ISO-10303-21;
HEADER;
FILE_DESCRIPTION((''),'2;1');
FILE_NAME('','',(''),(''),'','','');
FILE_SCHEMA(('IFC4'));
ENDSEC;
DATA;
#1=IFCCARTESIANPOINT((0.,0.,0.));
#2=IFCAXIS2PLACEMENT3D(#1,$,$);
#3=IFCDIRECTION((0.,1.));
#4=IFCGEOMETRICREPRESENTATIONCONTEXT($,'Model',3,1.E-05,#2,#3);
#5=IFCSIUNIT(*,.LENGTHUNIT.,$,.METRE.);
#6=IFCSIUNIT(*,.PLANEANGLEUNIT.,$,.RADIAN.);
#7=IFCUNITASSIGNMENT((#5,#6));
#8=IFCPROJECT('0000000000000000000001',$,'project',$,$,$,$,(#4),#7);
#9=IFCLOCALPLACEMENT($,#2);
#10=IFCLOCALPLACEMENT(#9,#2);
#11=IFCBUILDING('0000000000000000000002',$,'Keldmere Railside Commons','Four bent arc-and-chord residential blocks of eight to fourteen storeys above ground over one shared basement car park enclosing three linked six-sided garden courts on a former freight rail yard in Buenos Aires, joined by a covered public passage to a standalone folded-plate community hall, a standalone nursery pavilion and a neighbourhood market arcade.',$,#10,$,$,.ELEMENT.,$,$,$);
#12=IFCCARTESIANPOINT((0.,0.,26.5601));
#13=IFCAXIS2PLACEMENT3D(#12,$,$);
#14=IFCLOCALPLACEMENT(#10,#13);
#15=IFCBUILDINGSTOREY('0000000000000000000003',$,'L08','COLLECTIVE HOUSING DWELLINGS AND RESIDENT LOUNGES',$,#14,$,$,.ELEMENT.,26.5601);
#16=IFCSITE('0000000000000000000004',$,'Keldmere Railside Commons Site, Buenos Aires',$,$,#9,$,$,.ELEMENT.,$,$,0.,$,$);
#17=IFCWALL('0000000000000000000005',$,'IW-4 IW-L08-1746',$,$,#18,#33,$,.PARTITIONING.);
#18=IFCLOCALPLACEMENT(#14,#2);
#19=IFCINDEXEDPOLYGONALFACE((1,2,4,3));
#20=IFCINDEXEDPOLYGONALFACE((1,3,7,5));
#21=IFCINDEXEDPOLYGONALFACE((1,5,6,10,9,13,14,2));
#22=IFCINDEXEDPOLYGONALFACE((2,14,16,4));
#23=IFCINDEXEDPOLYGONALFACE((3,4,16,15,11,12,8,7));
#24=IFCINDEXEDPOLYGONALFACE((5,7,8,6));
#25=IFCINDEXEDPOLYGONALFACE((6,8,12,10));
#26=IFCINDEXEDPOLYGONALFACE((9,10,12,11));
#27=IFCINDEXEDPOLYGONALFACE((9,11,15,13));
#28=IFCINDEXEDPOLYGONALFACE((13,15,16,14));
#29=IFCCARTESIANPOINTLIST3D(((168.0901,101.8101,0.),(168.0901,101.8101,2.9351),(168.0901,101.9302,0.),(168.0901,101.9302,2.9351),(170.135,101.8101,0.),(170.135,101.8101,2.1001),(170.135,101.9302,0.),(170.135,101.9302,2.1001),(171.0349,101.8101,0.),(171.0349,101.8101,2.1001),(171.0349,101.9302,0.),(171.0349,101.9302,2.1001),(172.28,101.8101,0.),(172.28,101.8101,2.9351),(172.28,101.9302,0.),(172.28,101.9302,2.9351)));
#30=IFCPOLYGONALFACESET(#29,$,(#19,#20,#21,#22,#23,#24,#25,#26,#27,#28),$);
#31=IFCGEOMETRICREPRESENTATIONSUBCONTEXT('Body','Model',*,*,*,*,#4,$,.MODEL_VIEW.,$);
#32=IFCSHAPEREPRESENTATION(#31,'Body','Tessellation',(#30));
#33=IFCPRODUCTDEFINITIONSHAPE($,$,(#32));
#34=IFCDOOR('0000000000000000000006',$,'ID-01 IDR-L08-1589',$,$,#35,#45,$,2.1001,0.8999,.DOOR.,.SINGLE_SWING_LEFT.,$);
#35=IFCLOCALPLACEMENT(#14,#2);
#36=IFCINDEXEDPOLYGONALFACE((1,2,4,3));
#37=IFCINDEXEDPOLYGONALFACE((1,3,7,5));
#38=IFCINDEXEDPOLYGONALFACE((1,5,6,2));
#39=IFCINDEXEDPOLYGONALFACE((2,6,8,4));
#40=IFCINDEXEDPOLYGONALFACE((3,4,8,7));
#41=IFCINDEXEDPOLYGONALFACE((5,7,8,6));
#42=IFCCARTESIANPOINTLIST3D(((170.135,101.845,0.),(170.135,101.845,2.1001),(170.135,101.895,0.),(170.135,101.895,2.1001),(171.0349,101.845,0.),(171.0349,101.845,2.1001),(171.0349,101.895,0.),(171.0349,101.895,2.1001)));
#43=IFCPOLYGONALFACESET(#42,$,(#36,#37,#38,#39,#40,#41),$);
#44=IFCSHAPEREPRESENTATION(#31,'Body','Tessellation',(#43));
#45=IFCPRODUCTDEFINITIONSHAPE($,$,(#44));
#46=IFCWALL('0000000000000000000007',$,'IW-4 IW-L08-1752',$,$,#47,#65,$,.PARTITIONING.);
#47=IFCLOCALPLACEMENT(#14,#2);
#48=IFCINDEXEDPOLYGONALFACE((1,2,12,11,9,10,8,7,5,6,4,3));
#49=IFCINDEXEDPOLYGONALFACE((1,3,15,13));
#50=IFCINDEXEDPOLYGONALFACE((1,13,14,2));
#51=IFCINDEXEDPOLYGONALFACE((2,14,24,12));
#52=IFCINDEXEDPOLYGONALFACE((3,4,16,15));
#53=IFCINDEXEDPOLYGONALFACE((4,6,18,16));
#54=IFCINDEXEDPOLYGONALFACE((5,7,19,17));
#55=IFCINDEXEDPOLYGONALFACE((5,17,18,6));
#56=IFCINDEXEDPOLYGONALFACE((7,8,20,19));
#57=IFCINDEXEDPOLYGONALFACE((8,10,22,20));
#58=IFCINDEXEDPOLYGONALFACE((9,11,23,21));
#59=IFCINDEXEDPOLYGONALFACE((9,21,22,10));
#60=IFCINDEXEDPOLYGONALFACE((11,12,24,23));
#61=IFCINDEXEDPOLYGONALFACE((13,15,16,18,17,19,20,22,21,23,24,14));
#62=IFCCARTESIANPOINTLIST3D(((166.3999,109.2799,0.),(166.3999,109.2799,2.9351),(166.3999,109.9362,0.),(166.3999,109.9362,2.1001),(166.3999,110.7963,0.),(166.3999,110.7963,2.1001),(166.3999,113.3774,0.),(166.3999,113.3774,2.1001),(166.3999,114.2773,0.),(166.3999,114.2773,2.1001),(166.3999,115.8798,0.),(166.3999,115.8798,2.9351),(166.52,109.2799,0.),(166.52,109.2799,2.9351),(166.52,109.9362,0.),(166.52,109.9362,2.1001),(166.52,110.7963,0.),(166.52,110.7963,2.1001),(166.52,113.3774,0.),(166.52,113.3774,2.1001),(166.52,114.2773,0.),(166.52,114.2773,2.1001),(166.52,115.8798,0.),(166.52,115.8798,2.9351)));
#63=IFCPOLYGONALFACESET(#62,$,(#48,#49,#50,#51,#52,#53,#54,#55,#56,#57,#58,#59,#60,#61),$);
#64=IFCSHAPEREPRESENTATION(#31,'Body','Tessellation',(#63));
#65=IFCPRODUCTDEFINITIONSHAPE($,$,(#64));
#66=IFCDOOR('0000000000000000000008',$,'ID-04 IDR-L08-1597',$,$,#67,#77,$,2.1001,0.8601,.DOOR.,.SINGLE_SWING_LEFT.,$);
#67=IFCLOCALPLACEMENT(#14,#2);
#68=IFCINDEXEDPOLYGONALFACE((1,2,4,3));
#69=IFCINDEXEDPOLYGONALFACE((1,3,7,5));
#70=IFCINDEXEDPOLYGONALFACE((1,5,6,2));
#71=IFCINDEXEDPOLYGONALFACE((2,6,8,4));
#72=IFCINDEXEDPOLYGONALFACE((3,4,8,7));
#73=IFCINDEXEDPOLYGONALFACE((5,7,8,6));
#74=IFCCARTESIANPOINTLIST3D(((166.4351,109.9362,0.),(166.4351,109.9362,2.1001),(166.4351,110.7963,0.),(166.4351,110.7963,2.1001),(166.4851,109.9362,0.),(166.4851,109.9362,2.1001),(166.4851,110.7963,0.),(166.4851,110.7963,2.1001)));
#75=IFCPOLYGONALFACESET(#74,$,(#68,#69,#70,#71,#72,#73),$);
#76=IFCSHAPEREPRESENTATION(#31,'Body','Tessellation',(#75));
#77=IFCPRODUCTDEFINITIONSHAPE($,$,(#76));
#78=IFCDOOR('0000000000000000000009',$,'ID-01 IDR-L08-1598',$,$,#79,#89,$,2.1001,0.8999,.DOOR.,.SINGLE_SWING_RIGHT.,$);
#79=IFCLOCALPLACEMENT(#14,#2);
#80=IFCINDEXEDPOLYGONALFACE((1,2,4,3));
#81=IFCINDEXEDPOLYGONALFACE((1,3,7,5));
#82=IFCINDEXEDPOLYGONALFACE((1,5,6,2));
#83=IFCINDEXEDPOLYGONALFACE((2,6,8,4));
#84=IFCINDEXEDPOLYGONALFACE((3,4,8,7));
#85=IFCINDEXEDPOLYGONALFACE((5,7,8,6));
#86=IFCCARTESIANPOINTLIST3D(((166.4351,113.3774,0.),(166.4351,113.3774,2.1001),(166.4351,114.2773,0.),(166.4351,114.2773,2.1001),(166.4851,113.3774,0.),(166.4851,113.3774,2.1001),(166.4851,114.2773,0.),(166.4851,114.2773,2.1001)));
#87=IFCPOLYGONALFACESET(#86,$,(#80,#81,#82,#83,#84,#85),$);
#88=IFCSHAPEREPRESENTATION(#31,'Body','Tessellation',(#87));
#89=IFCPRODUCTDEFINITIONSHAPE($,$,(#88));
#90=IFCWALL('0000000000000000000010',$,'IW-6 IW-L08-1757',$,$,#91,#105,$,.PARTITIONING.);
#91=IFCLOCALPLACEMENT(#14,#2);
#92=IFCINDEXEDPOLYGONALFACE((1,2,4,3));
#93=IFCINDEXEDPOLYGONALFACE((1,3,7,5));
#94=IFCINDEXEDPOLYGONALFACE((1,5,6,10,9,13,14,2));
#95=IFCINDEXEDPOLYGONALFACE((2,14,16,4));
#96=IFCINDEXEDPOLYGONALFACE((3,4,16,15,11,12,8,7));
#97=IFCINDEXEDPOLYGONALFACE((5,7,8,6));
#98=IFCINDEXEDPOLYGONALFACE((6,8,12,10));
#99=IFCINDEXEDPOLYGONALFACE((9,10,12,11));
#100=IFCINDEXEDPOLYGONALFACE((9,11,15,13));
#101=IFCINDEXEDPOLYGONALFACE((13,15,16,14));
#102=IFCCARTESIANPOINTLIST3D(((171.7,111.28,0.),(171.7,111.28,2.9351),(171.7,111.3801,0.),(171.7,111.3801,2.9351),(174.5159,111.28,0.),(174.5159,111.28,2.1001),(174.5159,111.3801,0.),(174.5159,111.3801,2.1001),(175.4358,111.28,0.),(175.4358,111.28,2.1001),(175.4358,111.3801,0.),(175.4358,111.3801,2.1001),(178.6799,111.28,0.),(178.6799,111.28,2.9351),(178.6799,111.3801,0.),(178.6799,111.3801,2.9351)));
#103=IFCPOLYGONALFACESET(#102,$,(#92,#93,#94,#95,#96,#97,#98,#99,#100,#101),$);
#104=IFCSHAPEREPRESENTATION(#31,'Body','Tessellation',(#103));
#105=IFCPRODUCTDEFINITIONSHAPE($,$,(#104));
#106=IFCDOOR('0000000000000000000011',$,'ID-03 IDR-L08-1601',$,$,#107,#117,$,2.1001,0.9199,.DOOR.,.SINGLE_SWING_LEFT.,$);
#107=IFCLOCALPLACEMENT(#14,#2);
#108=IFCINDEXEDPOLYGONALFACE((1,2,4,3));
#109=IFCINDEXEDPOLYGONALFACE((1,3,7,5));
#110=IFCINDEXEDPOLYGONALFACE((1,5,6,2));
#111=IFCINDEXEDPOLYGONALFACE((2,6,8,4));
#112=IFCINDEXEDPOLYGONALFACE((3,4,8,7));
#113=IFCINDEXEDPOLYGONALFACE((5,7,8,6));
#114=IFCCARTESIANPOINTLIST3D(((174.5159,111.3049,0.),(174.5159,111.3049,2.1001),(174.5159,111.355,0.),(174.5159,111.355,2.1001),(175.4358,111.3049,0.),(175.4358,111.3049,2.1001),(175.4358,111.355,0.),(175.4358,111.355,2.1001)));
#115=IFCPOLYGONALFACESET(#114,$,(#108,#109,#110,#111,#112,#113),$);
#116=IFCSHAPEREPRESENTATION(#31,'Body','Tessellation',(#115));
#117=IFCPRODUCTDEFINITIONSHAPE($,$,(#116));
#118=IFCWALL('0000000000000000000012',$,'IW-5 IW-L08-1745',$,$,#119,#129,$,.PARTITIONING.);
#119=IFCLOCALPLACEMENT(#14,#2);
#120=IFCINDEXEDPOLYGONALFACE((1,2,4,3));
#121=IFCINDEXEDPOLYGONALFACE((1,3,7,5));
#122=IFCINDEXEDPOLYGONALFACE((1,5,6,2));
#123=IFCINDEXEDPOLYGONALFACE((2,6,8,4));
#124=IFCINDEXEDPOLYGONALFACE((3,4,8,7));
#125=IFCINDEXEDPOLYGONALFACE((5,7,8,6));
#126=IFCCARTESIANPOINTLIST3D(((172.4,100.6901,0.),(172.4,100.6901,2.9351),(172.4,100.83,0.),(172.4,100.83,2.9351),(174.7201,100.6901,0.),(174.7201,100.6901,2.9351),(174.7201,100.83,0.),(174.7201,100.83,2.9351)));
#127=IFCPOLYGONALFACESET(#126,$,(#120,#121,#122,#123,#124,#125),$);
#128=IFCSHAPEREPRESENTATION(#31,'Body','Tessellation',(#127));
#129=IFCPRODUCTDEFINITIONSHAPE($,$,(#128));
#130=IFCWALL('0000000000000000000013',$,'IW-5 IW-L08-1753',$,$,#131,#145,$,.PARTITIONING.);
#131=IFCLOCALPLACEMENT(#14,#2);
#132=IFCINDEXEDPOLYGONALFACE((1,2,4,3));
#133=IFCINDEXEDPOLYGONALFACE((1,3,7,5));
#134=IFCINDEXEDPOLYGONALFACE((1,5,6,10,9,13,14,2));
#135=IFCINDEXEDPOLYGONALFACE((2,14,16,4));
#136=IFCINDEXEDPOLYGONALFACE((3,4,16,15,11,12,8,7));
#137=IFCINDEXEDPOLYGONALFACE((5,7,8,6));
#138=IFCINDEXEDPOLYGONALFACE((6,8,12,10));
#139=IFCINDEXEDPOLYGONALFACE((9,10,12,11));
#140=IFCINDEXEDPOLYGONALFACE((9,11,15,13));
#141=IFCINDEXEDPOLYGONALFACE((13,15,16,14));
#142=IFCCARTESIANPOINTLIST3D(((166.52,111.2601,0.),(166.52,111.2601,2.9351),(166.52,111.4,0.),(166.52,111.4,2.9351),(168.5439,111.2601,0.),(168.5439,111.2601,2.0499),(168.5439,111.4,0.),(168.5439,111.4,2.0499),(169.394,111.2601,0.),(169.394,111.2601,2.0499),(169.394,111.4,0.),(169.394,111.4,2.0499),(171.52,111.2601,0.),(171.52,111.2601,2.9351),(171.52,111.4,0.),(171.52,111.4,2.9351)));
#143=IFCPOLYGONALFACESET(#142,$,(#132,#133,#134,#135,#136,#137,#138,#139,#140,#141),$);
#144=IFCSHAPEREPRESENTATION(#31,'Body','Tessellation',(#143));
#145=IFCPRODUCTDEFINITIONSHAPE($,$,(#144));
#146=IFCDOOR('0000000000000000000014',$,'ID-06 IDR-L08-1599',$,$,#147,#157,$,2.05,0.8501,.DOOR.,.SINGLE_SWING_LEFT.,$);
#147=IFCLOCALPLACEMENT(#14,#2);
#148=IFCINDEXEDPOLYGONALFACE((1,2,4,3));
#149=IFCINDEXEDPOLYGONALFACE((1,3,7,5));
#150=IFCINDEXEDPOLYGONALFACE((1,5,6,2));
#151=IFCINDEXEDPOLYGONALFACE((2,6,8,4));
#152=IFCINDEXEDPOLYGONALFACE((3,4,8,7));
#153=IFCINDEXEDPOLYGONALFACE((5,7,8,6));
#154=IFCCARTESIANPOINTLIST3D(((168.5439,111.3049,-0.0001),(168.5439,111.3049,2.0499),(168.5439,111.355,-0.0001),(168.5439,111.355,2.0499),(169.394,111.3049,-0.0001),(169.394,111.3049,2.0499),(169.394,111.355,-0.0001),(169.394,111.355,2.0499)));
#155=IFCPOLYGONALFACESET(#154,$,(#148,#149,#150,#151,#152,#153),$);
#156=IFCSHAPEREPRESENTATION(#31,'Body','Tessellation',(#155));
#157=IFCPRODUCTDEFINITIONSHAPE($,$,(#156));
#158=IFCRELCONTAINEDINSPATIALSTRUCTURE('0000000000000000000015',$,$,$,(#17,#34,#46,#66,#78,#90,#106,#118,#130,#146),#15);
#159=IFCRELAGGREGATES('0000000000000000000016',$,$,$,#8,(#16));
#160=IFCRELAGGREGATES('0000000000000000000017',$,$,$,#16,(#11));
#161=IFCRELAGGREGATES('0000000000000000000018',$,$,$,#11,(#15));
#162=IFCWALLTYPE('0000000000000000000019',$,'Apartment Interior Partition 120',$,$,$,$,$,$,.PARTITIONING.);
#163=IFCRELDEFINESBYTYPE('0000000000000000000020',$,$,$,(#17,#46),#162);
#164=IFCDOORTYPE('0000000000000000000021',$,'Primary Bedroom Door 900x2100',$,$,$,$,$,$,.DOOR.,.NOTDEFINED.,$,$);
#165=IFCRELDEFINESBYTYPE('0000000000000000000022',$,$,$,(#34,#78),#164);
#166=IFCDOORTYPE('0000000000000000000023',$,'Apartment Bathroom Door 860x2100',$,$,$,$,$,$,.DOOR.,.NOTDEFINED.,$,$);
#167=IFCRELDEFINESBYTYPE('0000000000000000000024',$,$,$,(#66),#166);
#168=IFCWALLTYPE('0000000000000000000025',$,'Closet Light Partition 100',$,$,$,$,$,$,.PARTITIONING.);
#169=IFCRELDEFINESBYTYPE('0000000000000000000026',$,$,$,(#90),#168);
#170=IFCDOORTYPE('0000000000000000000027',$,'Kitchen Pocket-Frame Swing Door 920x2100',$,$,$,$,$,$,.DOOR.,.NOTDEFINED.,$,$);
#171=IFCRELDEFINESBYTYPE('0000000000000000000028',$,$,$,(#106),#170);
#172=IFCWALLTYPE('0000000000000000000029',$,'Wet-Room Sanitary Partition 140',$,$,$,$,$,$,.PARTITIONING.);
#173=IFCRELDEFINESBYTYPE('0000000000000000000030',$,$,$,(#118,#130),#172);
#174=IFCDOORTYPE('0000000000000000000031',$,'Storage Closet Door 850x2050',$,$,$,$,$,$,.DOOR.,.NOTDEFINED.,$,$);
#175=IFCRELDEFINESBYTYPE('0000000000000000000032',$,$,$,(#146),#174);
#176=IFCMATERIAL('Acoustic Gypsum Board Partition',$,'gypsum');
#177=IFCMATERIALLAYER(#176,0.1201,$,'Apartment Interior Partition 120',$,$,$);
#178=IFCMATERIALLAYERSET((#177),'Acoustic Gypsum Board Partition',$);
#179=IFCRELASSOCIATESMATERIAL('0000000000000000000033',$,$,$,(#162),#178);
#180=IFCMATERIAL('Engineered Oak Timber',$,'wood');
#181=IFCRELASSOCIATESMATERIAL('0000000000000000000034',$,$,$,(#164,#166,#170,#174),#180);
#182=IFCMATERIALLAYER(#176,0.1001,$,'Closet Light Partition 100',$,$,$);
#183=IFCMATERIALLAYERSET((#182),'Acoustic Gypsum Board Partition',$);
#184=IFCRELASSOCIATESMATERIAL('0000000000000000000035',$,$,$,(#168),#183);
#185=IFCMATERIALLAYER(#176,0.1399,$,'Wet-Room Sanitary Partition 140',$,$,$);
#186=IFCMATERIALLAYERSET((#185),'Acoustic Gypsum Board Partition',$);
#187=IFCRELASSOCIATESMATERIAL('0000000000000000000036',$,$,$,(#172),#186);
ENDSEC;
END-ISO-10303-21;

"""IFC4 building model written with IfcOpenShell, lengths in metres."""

from ifc_helpers import new_model, si_unit, direction, frame, frame_2d, origin, place, context, subcontext, project, spatial, rectangle, extrude, material, layer, layer_set, type_object, element, fill, save


model = new_model("IFC4")

# Units and contexts
model_context = context("Model", 3, precision=1e-05, world=origin(), true_north=direction((0.0, 1.0)))
body_context = subcontext(model_context, "Body", "Model", "MODEL_VIEW")
ifc_project = project(units=[si_unit("LENGTHUNIT", "METRE"), si_unit("PLANEANGLEUNIT", "RADIAN")], contexts=[model_context])

# Site, building, storey
site_placement = place(None, origin())
site = spatial("IfcSite", under=ifc_project, at=site_placement, Name="Keldmere Railside Commons Site, Buenos Aires", CompositionType="ELEMENT", RefElevation=0.0)
building_placement = place(site_placement, origin())
building = spatial("IfcBuilding", under=site, at=building_placement, Name="Keldmere Railside Commons", Description="Four bent arc-and-chord residential blocks of eight to fourteen storeys above ground over one shared basement car park enclosing three linked six-sided garden courts on a former freight rail yard in Buenos Aires, joined by a covered public passage to a standalone folded-plate community hall, a standalone nursery pavilion and a neighbourhood market arcade.", CompositionType="ELEMENT")
storey_placement = place(building_placement, frame((0.0, 0.0, 26.5601)))
storey = spatial("IfcBuildingStorey", under=building, at=storey_placement, Name="L08", Description="COLLECTIVE HOUSING DWELLINGS AND RESIDENT LOUNGES", CompositionType="ELEMENT", Elevation=26.5601)

# Shared definitions
ifc_material_1 = material(Name="Acoustic Gypsum Board Partition", Category="gypsum")

# Wall, opening, door
ifc_layer_1 = layer(ifc_material_1, 0.1201, Name="Apartment Interior Partition 120")
ifc_layer_set_1 = layer_set([ifc_layer_1], Name="Acoustic Gypsum Board Partition")
wall_type_1 = type_object("IfcWallType", Name="Apartment Interior Partition 120", PredefinedType="PARTITIONING", material=ifc_layer_set_1)
wall_1_placement = place(storey_placement, frame((168.0901, 101.8701, 0.0), z_axis=(0.0, 0.0, 1.0), x_axis=(1.0, 0.0, 0.0)))
wall_1 = element("IfcWall", 1, at=wall_1_placement, inside=storey, type_object=wall_type_1, Name="IW-4 IW-L08-1746", PredefinedType="PARTITIONING", context=body_context, shape_type="SweptSolid", body=[
    extrude(rectangle(XDim=4.1899, YDim=0.1201, at=frame_2d((2.095, 0.0))), origin(), (0.0, 0.0, 1.0), 2.9351),
])
opening_1_placement = place(wall_1_placement, frame((2.0449, 0.0, 0.0)))
opening_1 = element("IfcOpeningElement", 2, at=opening_1_placement, cuts=wall_1, PredefinedType="OPENING", context=body_context, shape_type="SweptSolid", body=[
    extrude(rectangle(XDim=0.8999, YDim=2.1001, at=frame_2d((0.45, 1.05))), frame((0.0, 0.0701, 0.0), z_axis=(0.0, -1.0, 0.0), x_axis=(1.0, 0.0, 0.0)), (0.0, 0.0, 1.0), 0.1401),
])
ifc_material_2 = material(Name="Engineered Oak Timber", Category="wood")
door_type_1 = type_object("IfcDoorType", Name="Primary Bedroom Door 900x2100", OperationType="NOTDEFINED", PredefinedType="DOOR", material=ifc_material_2)
door_1_placement = place(opening_1_placement, origin())
door_1 = element("IfcDoor", 3, at=door_1_placement, inside=storey, type_object=door_type_1, Name="ID-01 IDR-L08-1589", OperationType="SINGLE_SWING_LEFT", OverallHeight=2.1001, OverallWidth=0.8999, PredefinedType="DOOR", context=body_context, shape_type="SweptSolid", body=[
    extrude(rectangle(XDim=0.8999, YDim=2.1001, at=frame_2d((0.45, 1.05))), frame((0.0, 0.0249, 0.0), z_axis=(0.0, -1.0, 0.0), x_axis=(1.0, 0.0, 0.0)), (0.0, 0.0, 1.0), 0.05),
])
fill(opening_1, door_1)

# Wall, openings, doors
wall_2_placement = place(storey_placement, frame((166.46, 109.28, 0.0), z_axis=(0.0, 0.0, 1.0), x_axis=(0.0, 1.0, 0.0)))
wall_2 = element("IfcWall", 4, at=wall_2_placement, inside=storey, type_object=wall_type_1, Name="IW-4 IW-L08-1752", PredefinedType="PARTITIONING", context=body_context, shape_type="SweptSolid", body=[
    extrude(rectangle(XDim=6.5999, YDim=0.1201, at=frame_2d((3.2998, 0.0))), origin(), (0.0, 0.0, 1.0), 2.9351),
])
opening_2_placement = place(wall_2_placement, frame((0.656, 0.0, 0.0)))
opening_2 = element("IfcOpeningElement", 5, at=opening_2_placement, cuts=wall_2, PredefinedType="OPENING", context=body_context, shape_type="SweptSolid", body=[
    extrude(rectangle(XDim=0.8601, YDim=2.1001, at=frame_2d((0.4302, 1.05))), frame((0.0, 0.0701, 0.0), z_axis=(0.0, -1.0, 0.0), x_axis=(1.0, 0.0, 0.0)), (0.0, 0.0, 1.0), 0.1401),
])
opening_3_placement = place(wall_2_placement, frame((4.0974, 0.0, 0.0)))
opening_3 = element("IfcOpeningElement", 6, at=opening_3_placement, cuts=wall_2, PredefinedType="OPENING", context=body_context, shape_type="SweptSolid", body=[
    extrude(rectangle(XDim=0.8999, YDim=2.1001, at=frame_2d((0.45, 1.05))), frame((0.0, 0.0701, 0.0), z_axis=(0.0, -1.0, 0.0), x_axis=(1.0, 0.0, 0.0)), (0.0, 0.0, 1.0), 0.1401),
])
door_type_2 = type_object("IfcDoorType", Name="Apartment Bathroom Door 860x2100", OperationType="NOTDEFINED", PredefinedType="DOOR", material=ifc_material_2)
door_2_placement = place(opening_2_placement, origin())
door_2 = element("IfcDoor", 7, at=door_2_placement, inside=storey, type_object=door_type_2, Name="ID-04 IDR-L08-1597", OperationType="SINGLE_SWING_LEFT", OverallHeight=2.1001, OverallWidth=0.8601, PredefinedType="DOOR", context=body_context, shape_type="SweptSolid", body=[
    extrude(rectangle(XDim=0.8601, YDim=2.1001, at=frame_2d((0.4302, 1.05))), frame((0.0, 0.0249, 0.0), z_axis=(0.0, -1.0, 0.0), x_axis=(1.0, 0.0, 0.0)), (0.0, 0.0, 1.0), 0.05),
])
fill(opening_2, door_2)
door_3_placement = place(opening_3_placement, origin())
door_3 = element("IfcDoor", 8, at=door_3_placement, inside=storey, type_object=door_type_1, Name="ID-01 IDR-L08-1598", OperationType="SINGLE_SWING_RIGHT", OverallHeight=2.1001, OverallWidth=0.8999, PredefinedType="DOOR", context=body_context, shape_type="SweptSolid", body=[
    extrude(rectangle(XDim=0.8999, YDim=2.1001, at=frame_2d((0.45, 1.05))), frame((0.0, 0.0249, 0.0), z_axis=(0.0, -1.0, 0.0), x_axis=(1.0, 0.0, 0.0)), (0.0, 0.0, 1.0), 0.05),
])
fill(opening_3, door_3)

# Wall, opening, door
ifc_layer_2 = layer(ifc_material_1, 0.1001, Name="Closet Light Partition 100")
ifc_layer_set_2 = layer_set([ifc_layer_2], Name="Acoustic Gypsum Board Partition")
wall_type_2 = type_object("IfcWallType", Name="Closet Light Partition 100", PredefinedType="PARTITIONING", material=ifc_layer_set_2)
wall_3_placement = place(storey_placement, frame((171.7, 111.3301, 0.0), z_axis=(0.0, 0.0, 1.0), x_axis=(1.0, 0.0, 0.0)))
wall_3 = element("IfcWall", 9, at=wall_3_placement, inside=storey, type_object=wall_type_2, Name="IW-6 IW-L08-1757", PredefinedType="PARTITIONING", context=body_context, shape_type="SweptSolid", body=[
    extrude(rectangle(XDim=6.98, YDim=0.1001, at=frame_2d((3.49, 0.0))), origin(), (0.0, 0.0, 1.0), 2.9351),
])
opening_4_placement = place(wall_3_placement, frame((2.8159, 0.0, 0.0)))
opening_4 = element("IfcOpeningElement", 10, at=opening_4_placement, cuts=wall_3, PredefinedType="OPENING", context=body_context, shape_type="SweptSolid", body=[
    extrude(rectangle(XDim=0.9199, YDim=2.1001, at=frame_2d((0.46, 1.05))), frame((0.0, 0.0601, 0.0), z_axis=(0.0, -1.0, 0.0), x_axis=(1.0, 0.0, 0.0)), (0.0, 0.0, 1.0), 0.1201),
])
door_type_3 = type_object("IfcDoorType", Name="Kitchen Pocket-Frame Swing Door 920x2100", OperationType="NOTDEFINED", PredefinedType="DOOR", material=ifc_material_2)
door_4_placement = place(opening_4_placement, origin())
door_4 = element("IfcDoor", 11, at=door_4_placement, inside=storey, type_object=door_type_3, Name="ID-03 IDR-L08-1601", OperationType="SINGLE_SWING_LEFT", OverallHeight=2.1001, OverallWidth=0.9199, PredefinedType="DOOR", context=body_context, shape_type="SweptSolid", body=[
    extrude(rectangle(XDim=0.9199, YDim=2.1001, at=frame_2d((0.46, 1.05))), frame((0.0, 0.0249, 0.0), z_axis=(0.0, -1.0, 0.0), x_axis=(1.0, 0.0, 0.0)), (0.0, 0.0, 1.0), 0.05),
])
fill(opening_4, door_4)

# Wall
ifc_layer_3 = layer(ifc_material_1, 0.1399, Name="Wet-Room Sanitary Partition 140")
ifc_layer_set_3 = layer_set([ifc_layer_3], Name="Acoustic Gypsum Board Partition")
wall_type_3 = type_object("IfcWallType", Name="Wet-Room Sanitary Partition 140", PredefinedType="PARTITIONING", material=ifc_layer_set_3)
wall_4_placement = place(storey_placement, frame((172.3999, 100.76, 0.0), z_axis=(0.0, 0.0, 1.0), x_axis=(1.0, 0.0, 0.0)))
element("IfcWall", 12, at=wall_4_placement, inside=storey, type_object=wall_type_3, Name="IW-5 IW-L08-1745", PredefinedType="PARTITIONING", context=body_context, shape_type="SweptSolid", body=[
    extrude(rectangle(XDim=2.3201, YDim=0.1399, at=frame_2d((1.1602, 0.0))), origin(), (0.0, 0.0, 1.0), 2.9351),
])

# Wall, opening, door
wall_5_placement = place(storey_placement, frame((166.52, 111.3301, 0.0), z_axis=(0.0, 0.0, 1.0), x_axis=(1.0, 0.0, 0.0)))
wall_5 = element("IfcWall", 13, at=wall_5_placement, inside=storey, type_object=wall_type_3, Name="IW-5 IW-L08-1753", PredefinedType="PARTITIONING", context=body_context, shape_type="SweptSolid", body=[
    extrude(rectangle(XDim=5.0, YDim=0.1399, at=frame_2d((2.5, 0.0))), origin(), (0.0, 0.0, 1.0), 2.9351),
])
opening_5_placement = place(wall_5_placement, frame((2.0239, 0.0, 0.0)))
opening_5 = element("IfcOpeningElement", 14, at=opening_5_placement, cuts=wall_5, PredefinedType="OPENING", context=body_context, shape_type="SweptSolid", body=[
    extrude(rectangle(XDim=0.8501, YDim=2.05, at=frame_2d((0.425, 1.0249))), frame((0.0, 0.0798, 0.0), z_axis=(0.0, -1.0, 0.0), x_axis=(1.0, 0.0, 0.0)), (0.0, 0.0, 1.0), 0.1599),
])
door_type_4 = type_object("IfcDoorType", Name="Storage Closet Door 850x2050", OperationType="NOTDEFINED", PredefinedType="DOOR", material=ifc_material_2)
door_5_placement = place(opening_5_placement, origin())
door_5 = element("IfcDoor", 15, at=door_5_placement, inside=storey, type_object=door_type_4, Name="ID-06 IDR-L08-1599", OperationType="SINGLE_SWING_LEFT", OverallHeight=2.05, OverallWidth=0.8501, PredefinedType="DOOR", context=body_context, shape_type="SweptSolid", body=[
    extrude(rectangle(XDim=0.8501, YDim=2.05, at=frame_2d((0.425, 1.0249))), frame((0.0, 0.0249, 0.0), z_axis=(0.0, -1.0, 0.0), x_axis=(1.0, 0.0, 0.0)), (0.0, 0.0, 1.0), 0.05),
])
fill(opening_5, door_5)

save(model, "model.ifc")
